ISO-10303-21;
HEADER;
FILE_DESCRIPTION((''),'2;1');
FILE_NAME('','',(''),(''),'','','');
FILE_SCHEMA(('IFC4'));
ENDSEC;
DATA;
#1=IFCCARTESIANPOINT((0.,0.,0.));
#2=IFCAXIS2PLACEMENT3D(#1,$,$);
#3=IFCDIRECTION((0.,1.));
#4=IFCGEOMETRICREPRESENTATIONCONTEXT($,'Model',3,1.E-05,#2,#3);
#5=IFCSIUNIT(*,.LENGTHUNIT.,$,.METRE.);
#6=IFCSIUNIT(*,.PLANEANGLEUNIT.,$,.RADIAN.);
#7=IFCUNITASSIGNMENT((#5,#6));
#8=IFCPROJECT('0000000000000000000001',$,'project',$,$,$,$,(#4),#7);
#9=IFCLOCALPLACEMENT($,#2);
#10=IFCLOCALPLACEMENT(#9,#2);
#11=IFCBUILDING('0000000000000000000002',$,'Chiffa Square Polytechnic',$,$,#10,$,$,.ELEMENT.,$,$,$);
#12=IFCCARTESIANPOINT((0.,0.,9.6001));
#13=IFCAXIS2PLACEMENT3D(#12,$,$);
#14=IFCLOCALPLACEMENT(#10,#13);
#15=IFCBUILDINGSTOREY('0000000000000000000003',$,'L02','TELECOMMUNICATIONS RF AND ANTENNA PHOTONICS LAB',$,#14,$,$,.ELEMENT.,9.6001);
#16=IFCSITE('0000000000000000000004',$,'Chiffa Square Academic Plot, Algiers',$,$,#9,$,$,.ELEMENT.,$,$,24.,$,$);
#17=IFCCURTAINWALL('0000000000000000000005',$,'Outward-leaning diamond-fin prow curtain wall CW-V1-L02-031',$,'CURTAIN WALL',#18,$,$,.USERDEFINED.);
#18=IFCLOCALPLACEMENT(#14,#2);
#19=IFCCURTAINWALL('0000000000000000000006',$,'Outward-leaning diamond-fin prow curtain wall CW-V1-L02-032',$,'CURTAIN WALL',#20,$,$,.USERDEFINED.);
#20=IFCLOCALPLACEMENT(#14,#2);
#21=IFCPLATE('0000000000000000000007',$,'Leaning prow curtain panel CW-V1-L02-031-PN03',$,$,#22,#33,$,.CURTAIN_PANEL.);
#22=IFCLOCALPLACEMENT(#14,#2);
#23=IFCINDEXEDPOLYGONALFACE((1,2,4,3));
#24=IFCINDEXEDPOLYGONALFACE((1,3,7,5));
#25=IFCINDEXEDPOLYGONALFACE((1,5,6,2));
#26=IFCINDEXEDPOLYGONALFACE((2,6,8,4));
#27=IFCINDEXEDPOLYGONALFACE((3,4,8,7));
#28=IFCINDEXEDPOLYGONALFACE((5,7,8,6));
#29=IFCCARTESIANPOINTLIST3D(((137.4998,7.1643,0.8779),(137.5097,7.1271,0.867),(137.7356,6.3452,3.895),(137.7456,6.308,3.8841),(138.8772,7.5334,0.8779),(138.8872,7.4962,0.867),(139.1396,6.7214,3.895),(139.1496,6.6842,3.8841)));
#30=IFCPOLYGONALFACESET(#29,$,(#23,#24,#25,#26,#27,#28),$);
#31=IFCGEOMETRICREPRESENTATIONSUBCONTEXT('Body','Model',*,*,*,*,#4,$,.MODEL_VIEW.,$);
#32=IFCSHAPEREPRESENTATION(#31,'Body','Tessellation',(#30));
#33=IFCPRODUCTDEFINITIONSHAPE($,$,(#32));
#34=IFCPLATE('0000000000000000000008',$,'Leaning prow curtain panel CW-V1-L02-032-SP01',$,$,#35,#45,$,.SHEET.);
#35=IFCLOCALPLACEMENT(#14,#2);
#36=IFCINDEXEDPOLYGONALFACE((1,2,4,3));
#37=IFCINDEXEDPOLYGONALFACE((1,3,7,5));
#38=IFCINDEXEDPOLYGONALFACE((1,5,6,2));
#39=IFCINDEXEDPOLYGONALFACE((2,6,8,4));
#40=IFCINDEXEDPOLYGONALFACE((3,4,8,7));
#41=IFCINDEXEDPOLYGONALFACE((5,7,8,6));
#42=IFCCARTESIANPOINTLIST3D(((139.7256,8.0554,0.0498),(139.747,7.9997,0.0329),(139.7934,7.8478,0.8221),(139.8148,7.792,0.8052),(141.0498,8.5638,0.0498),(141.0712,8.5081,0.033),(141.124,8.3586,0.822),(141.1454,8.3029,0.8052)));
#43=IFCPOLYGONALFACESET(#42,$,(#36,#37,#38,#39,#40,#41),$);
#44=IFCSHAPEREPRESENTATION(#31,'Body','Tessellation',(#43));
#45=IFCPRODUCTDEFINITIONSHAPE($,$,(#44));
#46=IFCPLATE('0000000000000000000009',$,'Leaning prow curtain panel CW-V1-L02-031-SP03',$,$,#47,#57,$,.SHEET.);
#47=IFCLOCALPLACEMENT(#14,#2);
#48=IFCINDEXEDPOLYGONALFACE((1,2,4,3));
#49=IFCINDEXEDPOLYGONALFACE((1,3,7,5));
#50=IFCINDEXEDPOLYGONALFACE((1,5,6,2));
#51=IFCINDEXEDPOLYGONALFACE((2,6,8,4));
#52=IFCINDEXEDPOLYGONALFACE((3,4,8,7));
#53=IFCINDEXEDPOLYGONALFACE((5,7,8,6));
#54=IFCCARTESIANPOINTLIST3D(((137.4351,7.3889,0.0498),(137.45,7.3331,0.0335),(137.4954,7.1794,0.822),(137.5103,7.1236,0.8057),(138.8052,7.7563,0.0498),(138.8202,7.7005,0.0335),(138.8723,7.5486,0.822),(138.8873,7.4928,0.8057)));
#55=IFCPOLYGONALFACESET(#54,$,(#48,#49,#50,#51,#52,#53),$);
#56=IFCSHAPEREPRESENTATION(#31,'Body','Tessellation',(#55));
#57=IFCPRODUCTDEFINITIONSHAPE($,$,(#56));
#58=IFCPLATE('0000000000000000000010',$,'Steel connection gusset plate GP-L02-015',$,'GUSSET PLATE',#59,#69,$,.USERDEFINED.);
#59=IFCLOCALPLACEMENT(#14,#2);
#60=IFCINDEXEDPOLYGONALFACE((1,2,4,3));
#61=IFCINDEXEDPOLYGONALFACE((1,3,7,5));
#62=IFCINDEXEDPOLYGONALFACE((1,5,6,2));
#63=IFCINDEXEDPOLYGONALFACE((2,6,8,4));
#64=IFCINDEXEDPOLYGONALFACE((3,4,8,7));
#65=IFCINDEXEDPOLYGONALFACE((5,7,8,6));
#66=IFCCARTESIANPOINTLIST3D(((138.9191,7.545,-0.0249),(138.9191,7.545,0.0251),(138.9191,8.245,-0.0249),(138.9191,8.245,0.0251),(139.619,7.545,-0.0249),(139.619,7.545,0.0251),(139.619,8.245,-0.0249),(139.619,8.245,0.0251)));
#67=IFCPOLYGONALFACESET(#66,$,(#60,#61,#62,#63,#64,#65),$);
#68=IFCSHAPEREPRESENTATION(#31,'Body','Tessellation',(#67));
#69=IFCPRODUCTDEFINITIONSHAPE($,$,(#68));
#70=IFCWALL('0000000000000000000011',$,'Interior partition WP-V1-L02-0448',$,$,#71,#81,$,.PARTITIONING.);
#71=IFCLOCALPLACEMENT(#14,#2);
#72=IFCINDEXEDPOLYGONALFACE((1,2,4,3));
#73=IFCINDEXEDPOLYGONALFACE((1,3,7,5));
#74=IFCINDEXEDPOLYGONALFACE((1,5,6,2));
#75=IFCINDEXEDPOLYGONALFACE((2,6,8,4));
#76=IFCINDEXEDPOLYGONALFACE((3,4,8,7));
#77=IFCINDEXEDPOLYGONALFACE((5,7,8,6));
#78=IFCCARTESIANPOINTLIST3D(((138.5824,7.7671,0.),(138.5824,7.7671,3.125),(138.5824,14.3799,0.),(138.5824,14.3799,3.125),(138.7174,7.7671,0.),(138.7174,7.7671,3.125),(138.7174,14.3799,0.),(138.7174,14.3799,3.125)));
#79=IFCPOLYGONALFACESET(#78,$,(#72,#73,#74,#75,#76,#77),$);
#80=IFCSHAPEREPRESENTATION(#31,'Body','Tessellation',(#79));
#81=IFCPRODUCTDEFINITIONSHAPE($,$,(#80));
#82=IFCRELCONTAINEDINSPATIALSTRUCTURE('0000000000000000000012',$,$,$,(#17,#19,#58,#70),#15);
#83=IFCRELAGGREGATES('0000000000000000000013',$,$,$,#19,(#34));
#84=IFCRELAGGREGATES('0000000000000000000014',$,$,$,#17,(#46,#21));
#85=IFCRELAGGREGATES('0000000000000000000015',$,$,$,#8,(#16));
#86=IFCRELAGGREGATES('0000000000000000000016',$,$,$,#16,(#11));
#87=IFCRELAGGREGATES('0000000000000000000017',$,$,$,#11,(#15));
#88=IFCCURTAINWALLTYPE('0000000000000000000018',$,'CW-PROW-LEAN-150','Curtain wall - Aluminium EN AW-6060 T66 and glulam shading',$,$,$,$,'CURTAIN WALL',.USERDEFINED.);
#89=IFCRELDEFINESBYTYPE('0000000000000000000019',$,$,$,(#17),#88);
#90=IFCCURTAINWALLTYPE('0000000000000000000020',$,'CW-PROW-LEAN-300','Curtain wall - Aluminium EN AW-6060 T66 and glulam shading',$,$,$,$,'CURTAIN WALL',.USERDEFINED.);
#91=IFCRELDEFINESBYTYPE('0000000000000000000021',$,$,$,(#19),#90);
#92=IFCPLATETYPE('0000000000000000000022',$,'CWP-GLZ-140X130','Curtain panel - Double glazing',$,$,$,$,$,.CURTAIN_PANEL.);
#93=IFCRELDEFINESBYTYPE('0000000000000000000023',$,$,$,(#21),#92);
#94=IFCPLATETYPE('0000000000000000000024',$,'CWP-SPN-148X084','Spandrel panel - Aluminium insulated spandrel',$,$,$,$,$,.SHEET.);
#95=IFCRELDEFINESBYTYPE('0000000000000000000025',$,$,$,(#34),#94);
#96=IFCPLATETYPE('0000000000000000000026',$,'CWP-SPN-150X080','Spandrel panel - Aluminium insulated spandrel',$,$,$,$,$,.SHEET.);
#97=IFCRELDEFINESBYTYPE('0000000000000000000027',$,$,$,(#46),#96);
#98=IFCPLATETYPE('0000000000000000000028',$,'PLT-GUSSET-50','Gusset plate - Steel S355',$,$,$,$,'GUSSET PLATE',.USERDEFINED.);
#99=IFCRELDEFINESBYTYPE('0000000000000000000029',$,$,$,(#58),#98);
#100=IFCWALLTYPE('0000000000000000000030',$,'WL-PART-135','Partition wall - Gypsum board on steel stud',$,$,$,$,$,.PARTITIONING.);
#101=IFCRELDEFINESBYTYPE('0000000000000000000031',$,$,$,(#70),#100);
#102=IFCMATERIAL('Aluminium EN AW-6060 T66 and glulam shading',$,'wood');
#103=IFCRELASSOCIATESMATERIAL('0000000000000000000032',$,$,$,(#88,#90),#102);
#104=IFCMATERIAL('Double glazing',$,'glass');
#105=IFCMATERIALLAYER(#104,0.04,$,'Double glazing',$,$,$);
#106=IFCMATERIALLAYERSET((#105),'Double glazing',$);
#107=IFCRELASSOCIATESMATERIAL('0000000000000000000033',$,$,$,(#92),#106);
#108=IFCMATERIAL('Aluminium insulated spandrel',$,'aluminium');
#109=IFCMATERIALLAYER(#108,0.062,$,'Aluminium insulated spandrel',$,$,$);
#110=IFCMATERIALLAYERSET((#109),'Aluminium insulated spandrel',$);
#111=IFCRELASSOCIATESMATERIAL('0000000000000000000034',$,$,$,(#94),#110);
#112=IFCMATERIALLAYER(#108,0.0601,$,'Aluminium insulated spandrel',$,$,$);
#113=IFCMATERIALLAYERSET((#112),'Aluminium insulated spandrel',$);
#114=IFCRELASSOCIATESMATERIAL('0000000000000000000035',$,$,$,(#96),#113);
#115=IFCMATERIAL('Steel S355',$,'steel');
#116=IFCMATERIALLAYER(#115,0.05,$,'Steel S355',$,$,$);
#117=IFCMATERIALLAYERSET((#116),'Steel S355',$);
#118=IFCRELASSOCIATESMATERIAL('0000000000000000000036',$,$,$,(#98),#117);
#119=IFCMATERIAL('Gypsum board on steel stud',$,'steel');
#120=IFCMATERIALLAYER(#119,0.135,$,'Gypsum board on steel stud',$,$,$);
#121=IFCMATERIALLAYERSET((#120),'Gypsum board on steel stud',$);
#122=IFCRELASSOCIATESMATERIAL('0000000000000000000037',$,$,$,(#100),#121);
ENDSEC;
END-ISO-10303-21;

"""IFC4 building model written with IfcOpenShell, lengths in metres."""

from ifc_helpers import new_model, si_unit, direction, frame, frame_2d, origin, origin_2d, place, context, subcontext, project, spatial, polyline, rectangle, outline, extrude, material, layer, layer_set, type_object, element, aggregate, save


model = new_model("IFC4")

# Units and contexts
model_context = context("Model", 3, precision=1e-05, world=origin(), true_north=direction((0.0, 1.0)))
body_context = subcontext(model_context, "Body", "Model", "MODEL_VIEW")
ifc_project = project(units=[si_unit("LENGTHUNIT", "METRE"), si_unit("PLANEANGLEUNIT", "RADIAN")], contexts=[model_context])

# Site, building, storey
site_placement = place(None, origin())
site = spatial("IfcSite", under=ifc_project, at=site_placement, Name="Chiffa Square Academic Plot, Algiers", CompositionType="ELEMENT", RefElevation=24.0)
building_placement = place(site_placement, origin())
building = spatial("IfcBuilding", under=site, at=building_placement, Name="Chiffa Square Polytechnic", CompositionType="ELEMENT")
storey_placement = place(building_placement, frame((0.0, 0.0, 9.6001)))
storey = spatial("IfcBuildingStorey", under=building, at=storey_placement, Name="L02", Description="TELECOMMUNICATIONS RF AND ANTENNA PHOTONICS LAB", CompositionType="ELEMENT", Elevation=9.6001)

# Curtain wall
ifc_material_1 = material(Name="Aluminium EN AW-6060 T66 and glulam shading", Category="wood")
curtain_wall_type_1 = type_object("IfcCurtainWallType", Name="CW-PROW-LEAN-150", Description="Curtain wall - Aluminium EN AW-6060 T66 and glulam shading", ElementType="CURTAIN WALL", PredefinedType="USERDEFINED", material=ifc_material_1)
curtain_wall_1_placement = place(storey_placement, origin())
curtain_wall_1 = element("IfcCurtainWall", 1, at=curtain_wall_1_placement, inside=storey, type_object=curtain_wall_type_1, Name="Outward-leaning diamond-fin prow curtain wall CW-V1-L02-031", ObjectType="CURTAIN WALL", PredefinedType="USERDEFINED")

# Curtain wall
curtain_wall_type_2 = type_object("IfcCurtainWallType", Name="CW-PROW-LEAN-300", Description="Curtain wall - Aluminium EN AW-6060 T66 and glulam shading", ElementType="CURTAIN WALL", PredefinedType="USERDEFINED", material=ifc_material_1)
curtain_wall_2_placement = place(storey_placement, origin())
curtain_wall_2 = element("IfcCurtainWall", 2, at=curtain_wall_2_placement, inside=storey, type_object=curtain_wall_type_2, Name="Outward-leaning diamond-fin prow curtain wall CW-V1-L02-032", ObjectType="CURTAIN WALL", PredefinedType="USERDEFINED")

# Shared definitions
ifc_material_2 = material(Name="Steel S355", Category="steel")

# Plates
ifc_material_3 = material(Name="Double glazing", Category="glass")
ifc_layer_1 = layer(ifc_material_3, 0.04, Name="Double glazing")
ifc_layer_set_1 = layer_set([ifc_layer_1], Name="Double glazing")
plate_type_1 = type_object("IfcPlateType", Name="CWP-GLZ-140X130", Description="Curtain panel - Double glazing", PredefinedType="CURTAIN_PANEL", material=ifc_layer_set_1)
plate_1_placement = place(storey_placement, frame((137.4998, 7.1643, 0.8779), z_axis=(-0.249092, 0.929547, 0.271836), x_axis=(0.96592, 0.25884, -0.000005)))
plate_1 = element("IfcPlate", 3, at=plate_1_placement, type_object=plate_type_1, Name="Leaning prow curtain panel CW-V1-L02-031-PN03", PredefinedType="CURTAIN_PANEL", context=body_context, shape_type="SweptSolid", body=[
    extrude(outline(polyline([(0.0, 0.0), (1.426, 0.0), (1.4694, -3.1352), (0.0158, -3.1351), (0.0, 0.0)])), origin(), (0.0, 0.0, -1.0), 0.04),
])
ifc_material_4 = material(Name="Aluminium insulated spandrel", Category="aluminium")
ifc_layer_2 = layer(ifc_material_4, 0.062, Name="Aluminium insulated spandrel")
ifc_layer_set_2 = layer_set([ifc_layer_2], Name="Aluminium insulated spandrel")
plate_type_2 = type_object("IfcPlateType", Name="CWP-SPN-148X084", Description="Spandrel panel - Aluminium insulated spandrel", PredefinedType="SHEET", material=ifc_layer_set_2)
plate_2_placement = place(storey_placement, frame((139.7256, 8.0554, 0.0498), z_axis=(-0.344931, 0.898389, 0.271882), x_axis=(0.933558, 0.358427, 0.000021)))
plate_2 = element("IfcPlate", 4, at=plate_2_placement, type_object=plate_type_2, Name="Leaning prow curtain panel CW-V1-L02-032-SP01", PredefinedType="SHEET", context=body_context, shape_type="SweptSolid", body=[
    extrude(outline(polyline([(0.0, 0.0), (1.4184, 0.0), (1.4142, -0.8024), (-0.0111, -0.8025), (0.0, 0.0)])), origin(), (0.0, 0.0, -1.0), 0.062),
])
aggregate(curtain_wall_2, [plate_2])
ifc_layer_3 = layer(ifc_material_4, 0.0601, Name="Aluminium insulated spandrel")
ifc_layer_set_3 = layer_set([ifc_layer_3], Name="Aluminium insulated spandrel")
plate_type_3 = type_object("IfcPlateType", Name="CWP-SPN-150X080", Description="Spandrel panel - Aluminium insulated spandrel", PredefinedType="SHEET", material=ifc_layer_set_3)
plate_3_placement = place(storey_placement, frame((137.4351, 7.3889, 0.0498), z_axis=(-0.24924, 0.929551, 0.271689), x_axis=(0.965881, 0.258985, -0.000011)))
plate_3 = element("IfcPlate", 5, at=plate_3_placement, type_object=plate_type_3, Name="Leaning prow curtain panel CW-V1-L02-031-SP03", PredefinedType="SHEET", context=body_context, shape_type="SweptSolid", body=[
    extrude(outline(polyline([(0.0, 0.0), (1.4185, 0.0), (1.4296, -0.8024), (0.004, -0.8024), (0.0, 0.0)])), origin(), (0.0, 0.0, -1.0), 0.0601),
])
aggregate(curtain_wall_1, [plate_3, plate_1])
ifc_layer_4 = layer(ifc_material_2, 0.05, Name="Steel S355")
ifc_layer_set_4 = layer_set([ifc_layer_4], Name="Steel S355")
plate_type_4 = type_object("IfcPlateType", Name="PLT-GUSSET-50", Description="Gusset plate - Steel S355", ElementType="GUSSET PLATE", PredefinedType="USERDEFINED", material=ifc_layer_set_4)
plate_4_placement = place(storey_placement, frame((139.269, 7.895, -0.0249), z_axis=(0.0, 0.0, 1.0), x_axis=(1.0, 0.0, 0.0)))
element("IfcPlate", 6, at=plate_4_placement, inside=storey, type_object=plate_type_4, Name="Steel connection gusset plate GP-L02-015", ObjectType="GUSSET PLATE", PredefinedType="USERDEFINED", context=body_context, shape_type="SweptSolid", body=[
    extrude(rectangle(XDim=0.7, YDim=0.7, at=origin_2d()), origin(), (0.0, 0.0, 1.0), 0.05),
])

# Wall
ifc_material_5 = material(Name="Gypsum board on steel stud", Category="steel")
ifc_layer_5 = layer(ifc_material_5, 0.135, Name="Gypsum board on steel stud")
ifc_layer_set_5 = layer_set([ifc_layer_5], Name="Gypsum board on steel stud")
wall_type = type_object("IfcWallType", Name="WL-PART-135", Description="Partition wall - Gypsum board on steel stud", PredefinedType="PARTITIONING", material=ifc_layer_set_5)
wall_placement = place(storey_placement, frame((138.6499, 7.7671, 0.0), z_axis=(0.0, 0.0, 1.0), x_axis=(0.0, 1.0, 0.0)))
element("IfcWall", 7, at=wall_placement, inside=storey, type_object=wall_type, Name="Interior partition WP-V1-L02-0448", PredefinedType="PARTITIONING", context=body_context, shape_type="SweptSolid", body=[
    extrude(rectangle(XDim=6.6128, YDim=0.135, at=frame_2d((3.3064, 0.0))), origin(), (0.0, 0.0, 1.0), 3.125),
])

save(model, "model.ifc")
